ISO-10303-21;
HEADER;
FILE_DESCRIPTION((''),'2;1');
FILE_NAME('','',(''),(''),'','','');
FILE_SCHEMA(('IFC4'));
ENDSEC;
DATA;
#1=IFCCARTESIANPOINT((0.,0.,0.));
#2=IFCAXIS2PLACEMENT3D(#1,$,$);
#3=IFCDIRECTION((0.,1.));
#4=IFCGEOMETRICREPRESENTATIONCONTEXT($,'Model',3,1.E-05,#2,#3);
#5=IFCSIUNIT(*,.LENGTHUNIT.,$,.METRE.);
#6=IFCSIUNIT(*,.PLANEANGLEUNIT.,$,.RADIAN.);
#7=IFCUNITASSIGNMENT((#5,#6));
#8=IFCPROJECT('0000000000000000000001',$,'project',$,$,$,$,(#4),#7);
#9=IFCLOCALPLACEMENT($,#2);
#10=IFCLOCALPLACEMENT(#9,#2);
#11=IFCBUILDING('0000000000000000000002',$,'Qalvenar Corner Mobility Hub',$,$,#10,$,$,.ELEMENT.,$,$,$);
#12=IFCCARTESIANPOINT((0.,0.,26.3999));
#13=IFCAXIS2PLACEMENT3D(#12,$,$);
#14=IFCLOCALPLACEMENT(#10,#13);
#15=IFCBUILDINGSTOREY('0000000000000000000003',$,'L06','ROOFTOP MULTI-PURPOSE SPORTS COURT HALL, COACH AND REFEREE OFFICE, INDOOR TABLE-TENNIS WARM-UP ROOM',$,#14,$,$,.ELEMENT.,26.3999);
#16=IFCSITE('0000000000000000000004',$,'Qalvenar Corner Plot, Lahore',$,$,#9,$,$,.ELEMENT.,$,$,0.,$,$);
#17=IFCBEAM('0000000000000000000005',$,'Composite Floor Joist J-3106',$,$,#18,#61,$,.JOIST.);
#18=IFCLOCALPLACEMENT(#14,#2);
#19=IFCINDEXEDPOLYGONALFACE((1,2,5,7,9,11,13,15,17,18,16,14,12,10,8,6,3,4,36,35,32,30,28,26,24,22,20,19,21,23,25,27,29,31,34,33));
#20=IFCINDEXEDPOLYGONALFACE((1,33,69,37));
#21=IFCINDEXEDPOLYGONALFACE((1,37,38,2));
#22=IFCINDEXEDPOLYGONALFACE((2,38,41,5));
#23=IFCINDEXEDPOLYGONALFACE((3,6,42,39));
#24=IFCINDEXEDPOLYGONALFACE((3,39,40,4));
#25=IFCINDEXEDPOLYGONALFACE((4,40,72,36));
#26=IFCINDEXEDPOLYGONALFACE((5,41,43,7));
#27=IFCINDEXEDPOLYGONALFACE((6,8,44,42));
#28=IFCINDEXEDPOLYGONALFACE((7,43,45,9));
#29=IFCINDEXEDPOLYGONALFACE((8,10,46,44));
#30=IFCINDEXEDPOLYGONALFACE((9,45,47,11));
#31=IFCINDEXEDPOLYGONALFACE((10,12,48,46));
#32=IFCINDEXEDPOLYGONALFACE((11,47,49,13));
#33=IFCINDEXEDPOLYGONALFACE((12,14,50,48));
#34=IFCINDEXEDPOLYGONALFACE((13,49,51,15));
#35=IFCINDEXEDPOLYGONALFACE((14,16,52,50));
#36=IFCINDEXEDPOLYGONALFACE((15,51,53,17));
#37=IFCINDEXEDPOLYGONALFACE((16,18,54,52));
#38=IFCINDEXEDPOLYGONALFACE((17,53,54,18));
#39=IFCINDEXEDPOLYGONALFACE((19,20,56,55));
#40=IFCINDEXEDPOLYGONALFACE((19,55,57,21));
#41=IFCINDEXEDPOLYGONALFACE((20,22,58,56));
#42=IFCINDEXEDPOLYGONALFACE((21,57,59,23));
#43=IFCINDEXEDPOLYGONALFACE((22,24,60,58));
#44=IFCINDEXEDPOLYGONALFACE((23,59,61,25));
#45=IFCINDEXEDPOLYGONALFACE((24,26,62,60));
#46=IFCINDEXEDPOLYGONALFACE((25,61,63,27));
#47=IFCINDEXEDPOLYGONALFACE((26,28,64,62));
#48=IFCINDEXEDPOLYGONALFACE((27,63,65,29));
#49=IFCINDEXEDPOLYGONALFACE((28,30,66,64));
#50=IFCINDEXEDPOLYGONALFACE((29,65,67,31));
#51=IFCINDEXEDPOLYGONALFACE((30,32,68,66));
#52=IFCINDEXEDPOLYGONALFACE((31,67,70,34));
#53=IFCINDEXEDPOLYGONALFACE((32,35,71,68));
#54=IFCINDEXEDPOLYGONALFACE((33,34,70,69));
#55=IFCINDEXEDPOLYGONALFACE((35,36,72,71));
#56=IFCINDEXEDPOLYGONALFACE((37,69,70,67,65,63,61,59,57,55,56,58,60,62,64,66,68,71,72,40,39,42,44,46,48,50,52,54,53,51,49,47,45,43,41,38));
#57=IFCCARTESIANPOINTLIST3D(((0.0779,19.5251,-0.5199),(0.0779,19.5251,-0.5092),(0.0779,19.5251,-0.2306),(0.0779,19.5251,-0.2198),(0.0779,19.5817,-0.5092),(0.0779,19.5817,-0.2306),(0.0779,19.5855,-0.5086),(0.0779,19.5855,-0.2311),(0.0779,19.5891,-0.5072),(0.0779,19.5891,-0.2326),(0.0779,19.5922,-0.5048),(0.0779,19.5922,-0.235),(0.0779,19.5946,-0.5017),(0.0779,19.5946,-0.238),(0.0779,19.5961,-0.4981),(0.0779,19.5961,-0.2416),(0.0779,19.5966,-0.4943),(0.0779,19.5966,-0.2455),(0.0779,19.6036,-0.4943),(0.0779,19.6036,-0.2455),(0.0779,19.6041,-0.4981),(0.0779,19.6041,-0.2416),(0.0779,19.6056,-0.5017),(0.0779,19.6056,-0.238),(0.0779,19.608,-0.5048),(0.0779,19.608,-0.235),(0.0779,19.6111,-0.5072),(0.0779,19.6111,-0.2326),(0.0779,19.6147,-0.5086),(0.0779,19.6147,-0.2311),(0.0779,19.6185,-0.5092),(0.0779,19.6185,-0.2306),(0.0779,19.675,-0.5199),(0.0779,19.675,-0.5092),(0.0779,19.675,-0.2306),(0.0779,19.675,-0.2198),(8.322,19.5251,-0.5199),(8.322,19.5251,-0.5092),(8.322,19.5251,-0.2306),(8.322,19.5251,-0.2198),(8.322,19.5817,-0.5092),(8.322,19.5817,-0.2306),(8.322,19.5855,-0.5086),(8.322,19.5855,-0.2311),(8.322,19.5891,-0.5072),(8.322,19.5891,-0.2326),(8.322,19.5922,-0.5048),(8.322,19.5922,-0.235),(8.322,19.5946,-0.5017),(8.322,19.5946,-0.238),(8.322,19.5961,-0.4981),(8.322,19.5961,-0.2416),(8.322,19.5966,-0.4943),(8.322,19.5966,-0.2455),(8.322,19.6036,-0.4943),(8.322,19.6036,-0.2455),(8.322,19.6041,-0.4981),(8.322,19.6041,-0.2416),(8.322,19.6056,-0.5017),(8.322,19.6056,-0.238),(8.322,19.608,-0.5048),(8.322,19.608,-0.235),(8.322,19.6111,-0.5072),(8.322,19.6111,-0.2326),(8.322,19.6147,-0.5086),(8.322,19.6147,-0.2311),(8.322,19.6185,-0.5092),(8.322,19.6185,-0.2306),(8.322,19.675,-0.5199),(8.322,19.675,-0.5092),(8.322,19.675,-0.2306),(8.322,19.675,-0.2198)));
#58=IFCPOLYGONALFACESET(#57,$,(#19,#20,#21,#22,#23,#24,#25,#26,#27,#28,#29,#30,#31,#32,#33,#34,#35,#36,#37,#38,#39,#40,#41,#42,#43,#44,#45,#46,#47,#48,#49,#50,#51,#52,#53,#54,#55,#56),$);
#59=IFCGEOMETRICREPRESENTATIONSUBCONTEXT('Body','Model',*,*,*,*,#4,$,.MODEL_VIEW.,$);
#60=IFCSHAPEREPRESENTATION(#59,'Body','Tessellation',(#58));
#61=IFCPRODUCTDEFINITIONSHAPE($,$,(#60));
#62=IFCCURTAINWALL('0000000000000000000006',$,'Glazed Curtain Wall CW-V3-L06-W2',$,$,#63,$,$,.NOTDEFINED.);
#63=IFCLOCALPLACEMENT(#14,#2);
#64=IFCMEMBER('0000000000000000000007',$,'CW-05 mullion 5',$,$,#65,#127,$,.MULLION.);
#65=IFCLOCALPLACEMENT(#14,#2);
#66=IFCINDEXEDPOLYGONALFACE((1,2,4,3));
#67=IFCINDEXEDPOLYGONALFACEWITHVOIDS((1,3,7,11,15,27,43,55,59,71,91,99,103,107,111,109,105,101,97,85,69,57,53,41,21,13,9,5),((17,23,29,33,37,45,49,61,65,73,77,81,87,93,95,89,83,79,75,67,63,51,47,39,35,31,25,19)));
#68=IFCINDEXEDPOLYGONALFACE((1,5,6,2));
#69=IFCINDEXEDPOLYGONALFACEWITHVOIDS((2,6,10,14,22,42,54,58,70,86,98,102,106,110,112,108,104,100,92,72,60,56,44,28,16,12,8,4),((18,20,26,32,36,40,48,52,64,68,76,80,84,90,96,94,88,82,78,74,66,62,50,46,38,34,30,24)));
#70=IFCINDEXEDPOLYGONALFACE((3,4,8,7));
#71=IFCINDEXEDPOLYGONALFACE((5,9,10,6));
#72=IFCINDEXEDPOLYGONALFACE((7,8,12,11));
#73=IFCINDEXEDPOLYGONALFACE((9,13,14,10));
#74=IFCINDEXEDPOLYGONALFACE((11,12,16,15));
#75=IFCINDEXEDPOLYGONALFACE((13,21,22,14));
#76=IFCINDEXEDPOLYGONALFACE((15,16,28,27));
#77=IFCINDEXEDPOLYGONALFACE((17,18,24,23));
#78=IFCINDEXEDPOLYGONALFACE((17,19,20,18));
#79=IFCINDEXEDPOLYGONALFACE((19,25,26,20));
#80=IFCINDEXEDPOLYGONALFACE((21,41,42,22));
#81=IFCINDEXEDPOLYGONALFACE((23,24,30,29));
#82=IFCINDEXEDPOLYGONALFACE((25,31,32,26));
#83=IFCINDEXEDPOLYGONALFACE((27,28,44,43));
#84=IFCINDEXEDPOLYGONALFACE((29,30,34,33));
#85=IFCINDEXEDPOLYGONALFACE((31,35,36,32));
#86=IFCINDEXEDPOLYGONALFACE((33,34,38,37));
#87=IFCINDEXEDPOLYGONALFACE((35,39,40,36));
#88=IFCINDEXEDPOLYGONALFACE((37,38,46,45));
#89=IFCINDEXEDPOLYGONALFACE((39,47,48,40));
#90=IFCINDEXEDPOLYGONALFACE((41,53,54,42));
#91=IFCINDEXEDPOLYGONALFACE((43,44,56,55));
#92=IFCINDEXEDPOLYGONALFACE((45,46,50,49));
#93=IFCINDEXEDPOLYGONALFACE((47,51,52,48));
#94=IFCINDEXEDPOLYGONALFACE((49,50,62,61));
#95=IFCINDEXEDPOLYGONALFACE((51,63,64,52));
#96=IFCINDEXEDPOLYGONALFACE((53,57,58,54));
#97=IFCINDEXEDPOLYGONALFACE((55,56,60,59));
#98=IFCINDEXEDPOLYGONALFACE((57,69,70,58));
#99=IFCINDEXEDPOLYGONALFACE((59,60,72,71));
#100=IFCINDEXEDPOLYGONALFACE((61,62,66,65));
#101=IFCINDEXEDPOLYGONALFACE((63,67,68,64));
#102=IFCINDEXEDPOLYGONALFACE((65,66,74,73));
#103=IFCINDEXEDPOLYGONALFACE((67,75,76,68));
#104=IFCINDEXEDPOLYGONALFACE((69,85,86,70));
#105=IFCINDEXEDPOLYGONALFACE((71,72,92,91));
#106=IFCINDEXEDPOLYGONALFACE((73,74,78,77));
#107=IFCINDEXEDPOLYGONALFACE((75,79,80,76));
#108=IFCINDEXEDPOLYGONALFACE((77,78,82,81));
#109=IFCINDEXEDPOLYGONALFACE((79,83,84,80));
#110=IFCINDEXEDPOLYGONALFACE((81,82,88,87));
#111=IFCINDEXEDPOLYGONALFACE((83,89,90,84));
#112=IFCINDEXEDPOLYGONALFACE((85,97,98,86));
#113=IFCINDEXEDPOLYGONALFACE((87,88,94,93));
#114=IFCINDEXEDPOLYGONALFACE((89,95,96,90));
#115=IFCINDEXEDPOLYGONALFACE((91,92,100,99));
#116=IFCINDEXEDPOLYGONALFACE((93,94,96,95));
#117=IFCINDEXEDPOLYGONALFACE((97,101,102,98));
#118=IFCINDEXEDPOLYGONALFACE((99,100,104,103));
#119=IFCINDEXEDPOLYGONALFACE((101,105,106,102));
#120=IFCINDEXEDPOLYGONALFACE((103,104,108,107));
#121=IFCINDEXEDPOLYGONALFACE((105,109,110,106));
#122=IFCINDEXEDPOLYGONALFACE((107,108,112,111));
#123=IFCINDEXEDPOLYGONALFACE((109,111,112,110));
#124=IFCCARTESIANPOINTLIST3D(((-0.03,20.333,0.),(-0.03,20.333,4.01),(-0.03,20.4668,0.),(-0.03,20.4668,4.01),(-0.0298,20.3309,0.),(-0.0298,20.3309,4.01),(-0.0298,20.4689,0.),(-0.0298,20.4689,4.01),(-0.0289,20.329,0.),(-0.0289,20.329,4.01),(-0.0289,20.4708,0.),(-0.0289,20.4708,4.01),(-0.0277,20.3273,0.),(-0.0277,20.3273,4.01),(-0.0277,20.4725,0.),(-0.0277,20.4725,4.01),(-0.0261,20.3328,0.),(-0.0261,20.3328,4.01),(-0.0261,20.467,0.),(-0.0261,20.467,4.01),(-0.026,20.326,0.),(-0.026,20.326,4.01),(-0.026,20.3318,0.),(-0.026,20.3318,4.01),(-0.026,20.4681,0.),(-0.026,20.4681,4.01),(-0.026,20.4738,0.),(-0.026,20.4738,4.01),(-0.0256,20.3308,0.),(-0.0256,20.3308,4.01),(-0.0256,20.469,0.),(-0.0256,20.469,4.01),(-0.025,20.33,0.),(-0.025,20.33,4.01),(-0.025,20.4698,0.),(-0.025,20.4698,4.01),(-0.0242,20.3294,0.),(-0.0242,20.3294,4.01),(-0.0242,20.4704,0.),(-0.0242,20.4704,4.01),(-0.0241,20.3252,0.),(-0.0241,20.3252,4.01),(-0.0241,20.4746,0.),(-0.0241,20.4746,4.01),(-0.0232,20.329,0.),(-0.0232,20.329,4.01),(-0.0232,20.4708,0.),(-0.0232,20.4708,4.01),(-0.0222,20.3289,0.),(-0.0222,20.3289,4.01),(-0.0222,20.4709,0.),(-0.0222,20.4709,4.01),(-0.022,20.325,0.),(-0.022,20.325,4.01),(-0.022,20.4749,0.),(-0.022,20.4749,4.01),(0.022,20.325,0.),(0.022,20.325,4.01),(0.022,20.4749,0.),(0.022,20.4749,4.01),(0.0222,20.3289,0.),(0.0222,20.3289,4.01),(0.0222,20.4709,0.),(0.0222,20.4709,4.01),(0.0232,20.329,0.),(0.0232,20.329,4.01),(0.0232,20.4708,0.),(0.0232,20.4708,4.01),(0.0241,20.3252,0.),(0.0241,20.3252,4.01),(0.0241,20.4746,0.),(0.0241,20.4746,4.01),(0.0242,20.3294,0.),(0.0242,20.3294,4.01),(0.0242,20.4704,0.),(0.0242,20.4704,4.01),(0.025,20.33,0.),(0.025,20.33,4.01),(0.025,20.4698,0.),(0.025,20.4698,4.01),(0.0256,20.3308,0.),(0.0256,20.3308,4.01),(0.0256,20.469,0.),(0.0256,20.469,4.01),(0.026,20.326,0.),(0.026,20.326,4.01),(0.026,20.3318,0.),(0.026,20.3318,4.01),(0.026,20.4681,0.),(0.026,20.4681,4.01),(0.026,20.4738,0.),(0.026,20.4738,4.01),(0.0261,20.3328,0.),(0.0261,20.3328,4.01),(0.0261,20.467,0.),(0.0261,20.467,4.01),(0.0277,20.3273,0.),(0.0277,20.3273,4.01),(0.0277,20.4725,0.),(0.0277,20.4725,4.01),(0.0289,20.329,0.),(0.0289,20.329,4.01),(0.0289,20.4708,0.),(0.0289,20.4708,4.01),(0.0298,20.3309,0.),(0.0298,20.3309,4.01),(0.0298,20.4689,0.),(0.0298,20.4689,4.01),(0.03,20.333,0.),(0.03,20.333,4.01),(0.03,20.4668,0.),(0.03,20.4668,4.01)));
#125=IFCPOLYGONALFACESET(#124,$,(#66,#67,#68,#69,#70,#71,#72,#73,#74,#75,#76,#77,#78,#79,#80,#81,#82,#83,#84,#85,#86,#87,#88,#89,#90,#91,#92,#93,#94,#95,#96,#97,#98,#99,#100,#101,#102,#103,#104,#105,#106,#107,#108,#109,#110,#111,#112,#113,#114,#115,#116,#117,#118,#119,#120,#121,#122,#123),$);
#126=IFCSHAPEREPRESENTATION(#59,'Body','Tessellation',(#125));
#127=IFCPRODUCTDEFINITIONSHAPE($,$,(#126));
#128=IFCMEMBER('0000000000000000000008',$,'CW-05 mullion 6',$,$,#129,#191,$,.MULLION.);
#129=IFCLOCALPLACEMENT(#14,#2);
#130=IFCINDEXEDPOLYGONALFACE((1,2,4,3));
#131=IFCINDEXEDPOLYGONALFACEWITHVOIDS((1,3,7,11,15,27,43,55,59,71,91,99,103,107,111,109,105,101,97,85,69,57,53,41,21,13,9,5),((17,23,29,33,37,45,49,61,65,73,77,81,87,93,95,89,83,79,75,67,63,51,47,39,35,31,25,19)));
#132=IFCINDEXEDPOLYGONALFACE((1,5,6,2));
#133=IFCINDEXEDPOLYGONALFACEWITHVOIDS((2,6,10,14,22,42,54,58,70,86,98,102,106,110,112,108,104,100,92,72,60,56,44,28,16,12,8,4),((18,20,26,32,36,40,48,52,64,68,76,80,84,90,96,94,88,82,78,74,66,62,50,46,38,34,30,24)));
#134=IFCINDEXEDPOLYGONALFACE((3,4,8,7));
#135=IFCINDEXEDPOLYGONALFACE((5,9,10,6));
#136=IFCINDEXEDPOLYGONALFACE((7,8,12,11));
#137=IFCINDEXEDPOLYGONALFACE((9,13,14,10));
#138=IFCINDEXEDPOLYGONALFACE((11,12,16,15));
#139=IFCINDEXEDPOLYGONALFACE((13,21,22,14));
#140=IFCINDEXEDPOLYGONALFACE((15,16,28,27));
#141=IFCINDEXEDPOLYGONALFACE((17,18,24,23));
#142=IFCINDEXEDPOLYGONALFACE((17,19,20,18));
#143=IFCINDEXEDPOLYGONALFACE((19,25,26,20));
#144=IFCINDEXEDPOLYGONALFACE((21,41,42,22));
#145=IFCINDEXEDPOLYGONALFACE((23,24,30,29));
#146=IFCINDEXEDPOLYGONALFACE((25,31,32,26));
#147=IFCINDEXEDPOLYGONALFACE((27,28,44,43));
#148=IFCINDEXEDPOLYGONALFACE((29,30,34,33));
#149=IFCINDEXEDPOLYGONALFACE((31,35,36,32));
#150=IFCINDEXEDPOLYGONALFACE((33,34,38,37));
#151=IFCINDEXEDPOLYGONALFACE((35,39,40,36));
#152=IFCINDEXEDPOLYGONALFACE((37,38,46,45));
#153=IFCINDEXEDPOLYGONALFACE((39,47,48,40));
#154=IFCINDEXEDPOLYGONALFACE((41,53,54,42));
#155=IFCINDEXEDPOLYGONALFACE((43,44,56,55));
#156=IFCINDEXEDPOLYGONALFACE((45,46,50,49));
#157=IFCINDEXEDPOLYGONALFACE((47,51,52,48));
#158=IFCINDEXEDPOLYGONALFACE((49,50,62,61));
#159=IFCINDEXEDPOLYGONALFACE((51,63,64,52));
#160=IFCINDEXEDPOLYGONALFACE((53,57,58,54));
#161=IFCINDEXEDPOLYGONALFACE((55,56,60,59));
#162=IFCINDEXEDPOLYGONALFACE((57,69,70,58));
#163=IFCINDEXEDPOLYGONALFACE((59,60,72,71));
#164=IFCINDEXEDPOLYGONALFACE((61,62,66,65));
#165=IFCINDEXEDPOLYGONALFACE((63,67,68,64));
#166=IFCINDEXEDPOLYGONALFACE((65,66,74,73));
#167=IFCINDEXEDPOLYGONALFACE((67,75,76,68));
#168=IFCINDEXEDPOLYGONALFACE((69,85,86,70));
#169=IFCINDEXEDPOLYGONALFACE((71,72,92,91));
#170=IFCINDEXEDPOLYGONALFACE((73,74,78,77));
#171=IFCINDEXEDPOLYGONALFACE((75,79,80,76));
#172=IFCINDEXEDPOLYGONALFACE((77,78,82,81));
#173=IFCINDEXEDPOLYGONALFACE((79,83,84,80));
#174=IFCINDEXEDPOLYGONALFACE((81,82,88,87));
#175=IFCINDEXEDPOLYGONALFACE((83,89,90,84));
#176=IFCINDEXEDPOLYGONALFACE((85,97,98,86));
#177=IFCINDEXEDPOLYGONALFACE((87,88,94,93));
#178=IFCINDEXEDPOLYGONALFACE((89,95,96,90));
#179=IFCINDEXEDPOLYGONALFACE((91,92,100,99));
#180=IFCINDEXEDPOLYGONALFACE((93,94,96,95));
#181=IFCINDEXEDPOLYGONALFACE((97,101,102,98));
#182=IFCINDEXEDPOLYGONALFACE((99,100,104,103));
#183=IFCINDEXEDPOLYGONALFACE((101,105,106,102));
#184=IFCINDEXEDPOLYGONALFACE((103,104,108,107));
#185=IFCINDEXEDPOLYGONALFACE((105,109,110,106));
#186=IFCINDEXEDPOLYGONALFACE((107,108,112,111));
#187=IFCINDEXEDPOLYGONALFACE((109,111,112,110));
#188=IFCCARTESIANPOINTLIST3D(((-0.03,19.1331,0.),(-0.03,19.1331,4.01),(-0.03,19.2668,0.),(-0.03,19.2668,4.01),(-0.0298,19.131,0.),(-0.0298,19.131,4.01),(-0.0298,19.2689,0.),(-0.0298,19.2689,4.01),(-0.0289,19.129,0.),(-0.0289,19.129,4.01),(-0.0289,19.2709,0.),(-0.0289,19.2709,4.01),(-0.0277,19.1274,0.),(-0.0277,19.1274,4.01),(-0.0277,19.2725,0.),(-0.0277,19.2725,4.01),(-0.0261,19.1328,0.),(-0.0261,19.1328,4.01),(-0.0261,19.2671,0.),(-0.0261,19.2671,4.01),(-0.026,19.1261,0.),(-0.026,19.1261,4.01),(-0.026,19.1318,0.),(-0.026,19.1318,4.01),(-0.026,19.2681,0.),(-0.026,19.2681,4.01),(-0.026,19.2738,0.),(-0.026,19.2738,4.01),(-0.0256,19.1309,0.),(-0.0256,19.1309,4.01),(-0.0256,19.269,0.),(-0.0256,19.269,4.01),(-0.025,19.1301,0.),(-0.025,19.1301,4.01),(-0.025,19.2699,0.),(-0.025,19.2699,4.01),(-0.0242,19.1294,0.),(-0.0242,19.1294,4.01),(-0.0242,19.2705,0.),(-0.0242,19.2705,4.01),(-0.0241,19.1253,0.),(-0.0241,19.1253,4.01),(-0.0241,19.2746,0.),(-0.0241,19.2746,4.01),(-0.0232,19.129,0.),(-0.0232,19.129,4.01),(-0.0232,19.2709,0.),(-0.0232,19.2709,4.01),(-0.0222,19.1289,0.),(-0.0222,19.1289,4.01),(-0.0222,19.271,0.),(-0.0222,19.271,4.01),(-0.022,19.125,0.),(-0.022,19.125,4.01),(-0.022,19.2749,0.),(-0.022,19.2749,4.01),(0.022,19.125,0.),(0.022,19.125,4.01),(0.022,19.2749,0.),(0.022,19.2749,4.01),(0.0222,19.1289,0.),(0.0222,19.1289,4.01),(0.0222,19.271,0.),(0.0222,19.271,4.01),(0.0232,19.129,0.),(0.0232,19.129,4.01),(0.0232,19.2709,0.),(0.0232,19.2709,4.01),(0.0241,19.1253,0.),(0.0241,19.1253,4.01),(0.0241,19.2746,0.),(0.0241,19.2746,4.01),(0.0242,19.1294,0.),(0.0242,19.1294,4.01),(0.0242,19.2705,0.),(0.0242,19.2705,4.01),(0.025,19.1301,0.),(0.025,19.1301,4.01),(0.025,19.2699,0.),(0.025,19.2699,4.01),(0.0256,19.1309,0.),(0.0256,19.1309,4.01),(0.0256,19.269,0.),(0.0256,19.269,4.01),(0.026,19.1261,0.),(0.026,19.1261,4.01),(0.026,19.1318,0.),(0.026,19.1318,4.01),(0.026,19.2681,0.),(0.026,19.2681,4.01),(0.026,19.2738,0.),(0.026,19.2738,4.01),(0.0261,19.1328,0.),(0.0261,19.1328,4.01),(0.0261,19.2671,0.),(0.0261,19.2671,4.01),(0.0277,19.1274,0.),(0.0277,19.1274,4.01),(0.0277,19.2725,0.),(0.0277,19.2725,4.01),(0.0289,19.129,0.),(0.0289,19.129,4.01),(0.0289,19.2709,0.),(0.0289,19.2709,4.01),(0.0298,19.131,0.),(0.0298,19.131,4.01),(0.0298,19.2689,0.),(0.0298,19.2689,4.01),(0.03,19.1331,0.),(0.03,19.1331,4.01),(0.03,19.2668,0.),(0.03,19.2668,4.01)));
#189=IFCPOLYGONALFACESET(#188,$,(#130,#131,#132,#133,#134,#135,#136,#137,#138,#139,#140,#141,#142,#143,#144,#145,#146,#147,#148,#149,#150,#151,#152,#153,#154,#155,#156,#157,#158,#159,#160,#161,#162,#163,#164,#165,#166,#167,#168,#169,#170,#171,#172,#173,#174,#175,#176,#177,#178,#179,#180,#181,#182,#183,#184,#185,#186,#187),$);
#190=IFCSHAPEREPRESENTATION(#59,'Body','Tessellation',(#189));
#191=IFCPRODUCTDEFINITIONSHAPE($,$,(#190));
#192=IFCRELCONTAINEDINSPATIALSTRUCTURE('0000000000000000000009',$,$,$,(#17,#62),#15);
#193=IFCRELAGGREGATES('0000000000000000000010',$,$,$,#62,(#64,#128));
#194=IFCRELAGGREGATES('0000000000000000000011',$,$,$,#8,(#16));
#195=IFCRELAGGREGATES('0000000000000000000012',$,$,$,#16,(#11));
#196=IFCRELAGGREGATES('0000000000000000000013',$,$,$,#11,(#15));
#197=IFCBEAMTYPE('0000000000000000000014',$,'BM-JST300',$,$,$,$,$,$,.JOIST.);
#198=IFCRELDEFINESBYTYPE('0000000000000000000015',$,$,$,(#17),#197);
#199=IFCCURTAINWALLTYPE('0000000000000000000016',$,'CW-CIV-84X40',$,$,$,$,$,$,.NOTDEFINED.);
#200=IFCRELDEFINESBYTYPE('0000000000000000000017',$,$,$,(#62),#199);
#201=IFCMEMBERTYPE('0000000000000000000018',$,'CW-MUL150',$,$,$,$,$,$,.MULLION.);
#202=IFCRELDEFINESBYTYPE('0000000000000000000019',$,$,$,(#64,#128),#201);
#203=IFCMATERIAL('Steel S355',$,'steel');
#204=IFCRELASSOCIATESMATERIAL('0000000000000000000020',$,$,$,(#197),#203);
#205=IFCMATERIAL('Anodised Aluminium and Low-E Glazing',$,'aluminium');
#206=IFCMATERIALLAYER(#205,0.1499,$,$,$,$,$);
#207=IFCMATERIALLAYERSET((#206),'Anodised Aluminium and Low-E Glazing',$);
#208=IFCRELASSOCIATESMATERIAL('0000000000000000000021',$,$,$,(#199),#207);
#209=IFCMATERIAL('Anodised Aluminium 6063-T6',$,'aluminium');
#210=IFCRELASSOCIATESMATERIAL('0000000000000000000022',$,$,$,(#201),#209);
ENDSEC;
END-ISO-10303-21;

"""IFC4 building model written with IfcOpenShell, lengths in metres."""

from ifc_helpers import new_model, si_unit, direction, frame, origin, origin_2d, place, context, subcontext, project, spatial, hollow_rectangle, i_section, extrude, material, layer, layer_set, material_profile, profile_set, type_object, element, aggregate, save


model = new_model("IFC4")

# Units and contexts
model_context = context("Model", 3, precision=1e-05, world=origin(), true_north=direction((0.0, 1.0)))
body_context = subcontext(model_context, "Body", "Model", "MODEL_VIEW")
ifc_project = project(units=[si_unit("LENGTHUNIT", "METRE"), si_unit("PLANEANGLEUNIT", "RADIAN")], contexts=[model_context])

# Site, building, storey
site_placement = place(None, origin())
site = spatial("IfcSite", under=ifc_project, at=site_placement, Name="Qalvenar Corner Plot, Lahore", CompositionType="ELEMENT", RefElevation=0.0)
building_placement = place(site_placement, origin())
building = spatial("IfcBuilding", under=site, at=building_placement, Name="Qalvenar Corner Mobility Hub", CompositionType="ELEMENT")
storey_placement = place(building_placement, frame((0.0, 0.0, 26.3999)))
storey = spatial("IfcBuildingStorey", under=building, at=storey_placement, Name="L06", Description="ROOFTOP MULTI-PURPOSE SPORTS COURT HALL, COACH AND REFEREE OFFICE, INDOOR TABLE-TENNIS WARM-UP ROOM", CompositionType="ELEMENT", Elevation=26.3999)

# Beam
ifc_material_1 = material(Name="Steel S355", Category="steel")
ifc_material_profile_1 = material_profile(ifc_material_1, i_section(OverallWidth=0.1499, OverallDepth=0.3, WebThickness=0.0071, FlangeThickness=0.0107, FilletRadius=0.0149, at=origin_2d()), Name="IPE300")
ifc_profile_set_1 = profile_set([ifc_material_profile_1], Name="Steel S355")
beam_type = type_object("IfcBeamType", Name="BM-JST300", PredefinedType="JOIST", material=ifc_profile_set_1)
beam_placement = place(storey_placement, frame((0.0779, 19.6001, -0.3699), z_axis=(1.0, 0.0, 0.0), x_axis=(0.0, 1.0, 0.0)))
element("IfcBeam", 1, at=beam_placement, inside=storey, type_object=beam_type, Name="Composite Floor Joist J-3106", PredefinedType="JOIST", context=body_context, shape_type="SweptSolid", body=[
    extrude(i_section(OverallWidth=0.1499, OverallDepth=0.3, WebThickness=0.0071, FlangeThickness=0.0107, FilletRadius=0.0149, at=origin_2d()), origin(), (0.0, 0.0, 1.0), 8.2441),
])

# Curtain wall, members
ifc_material_2 = material(Name="Anodised Aluminium and Low-E Glazing", Category="aluminium")
ifc_layer_1 = layer(ifc_material_2, 0.1499)
ifc_layer_set_1 = layer_set([ifc_layer_1], Name="Anodised Aluminium and Low-E Glazing")
curtain_wall_type = type_object("IfcCurtainWallType", Name="CW-CIV-84X40", PredefinedType="NOTDEFINED", material=ifc_layer_set_1)
curtain_wall_placement = place(storey_placement, origin())
curtain_wall = element("IfcCurtainWall", 2, at=curtain_wall_placement, inside=storey, type_object=curtain_wall_type, Name="Glazed Curtain Wall CW-V3-L06-W2", PredefinedType="NOTDEFINED")
ifc_material_3 = material(Name="Anodised Aluminium 6063-T6", Category="aluminium")
ifc_material_profile_2 = material_profile(ifc_material_3, hollow_rectangle(XDim=0.0601, YDim=0.1499, WallThickness=0.0039, InnerFilletRadius=0.0039, OuterFilletRadius=0.0081, at=origin_2d()), Name="RHS150x60x4")
ifc_profile_set_2 = profile_set([ifc_material_profile_2], Name="Anodised Aluminium 6063-T6")
member_type_1 = type_object("IfcMemberType", Name="CW-MUL150", PredefinedType="MULLION", material=ifc_profile_set_2)
member_1_placement = place(storey_placement, frame((0.0, 20.3999, 0.0), z_axis=(0.0, 0.0, 1.0), x_axis=(1.0, 0.0, 0.0)))
member_1 = element("IfcMember", 3, at=member_1_placement, type_object=member_type_1, Name="CW-05 mullion 5", PredefinedType="MULLION", context=body_context, shape_type="SweptSolid", body=[
    extrude(hollow_rectangle(XDim=0.0601, YDim=0.1499, WallThickness=0.0039, InnerFilletRadius=0.0039, OuterFilletRadius=0.0081, at=origin_2d()), origin(), (0.0, 0.0, 1.0), 4.01),
])
member_2_placement = place(storey_placement, frame((0.0, 19.2, 0.0), z_axis=(0.0, 0.0, 1.0), x_axis=(1.0, 0.0, 0.0)))
member_2 = element("IfcMember", 4, at=member_2_placement, type_object=member_type_1, Name="CW-05 mullion 6", PredefinedType="MULLION", context=body_context, shape_type="SweptSolid", body=[
    extrude(hollow_rectangle(XDim=0.0601, YDim=0.1499, WallThickness=0.0039, InnerFilletRadius=0.0039, OuterFilletRadius=0.0081, at=origin_2d()), origin(), (0.0, 0.0, 1.0), 4.01),
])

aggregate(curtain_wall, [member_1, member_2])

save(model, "model.ifc")
